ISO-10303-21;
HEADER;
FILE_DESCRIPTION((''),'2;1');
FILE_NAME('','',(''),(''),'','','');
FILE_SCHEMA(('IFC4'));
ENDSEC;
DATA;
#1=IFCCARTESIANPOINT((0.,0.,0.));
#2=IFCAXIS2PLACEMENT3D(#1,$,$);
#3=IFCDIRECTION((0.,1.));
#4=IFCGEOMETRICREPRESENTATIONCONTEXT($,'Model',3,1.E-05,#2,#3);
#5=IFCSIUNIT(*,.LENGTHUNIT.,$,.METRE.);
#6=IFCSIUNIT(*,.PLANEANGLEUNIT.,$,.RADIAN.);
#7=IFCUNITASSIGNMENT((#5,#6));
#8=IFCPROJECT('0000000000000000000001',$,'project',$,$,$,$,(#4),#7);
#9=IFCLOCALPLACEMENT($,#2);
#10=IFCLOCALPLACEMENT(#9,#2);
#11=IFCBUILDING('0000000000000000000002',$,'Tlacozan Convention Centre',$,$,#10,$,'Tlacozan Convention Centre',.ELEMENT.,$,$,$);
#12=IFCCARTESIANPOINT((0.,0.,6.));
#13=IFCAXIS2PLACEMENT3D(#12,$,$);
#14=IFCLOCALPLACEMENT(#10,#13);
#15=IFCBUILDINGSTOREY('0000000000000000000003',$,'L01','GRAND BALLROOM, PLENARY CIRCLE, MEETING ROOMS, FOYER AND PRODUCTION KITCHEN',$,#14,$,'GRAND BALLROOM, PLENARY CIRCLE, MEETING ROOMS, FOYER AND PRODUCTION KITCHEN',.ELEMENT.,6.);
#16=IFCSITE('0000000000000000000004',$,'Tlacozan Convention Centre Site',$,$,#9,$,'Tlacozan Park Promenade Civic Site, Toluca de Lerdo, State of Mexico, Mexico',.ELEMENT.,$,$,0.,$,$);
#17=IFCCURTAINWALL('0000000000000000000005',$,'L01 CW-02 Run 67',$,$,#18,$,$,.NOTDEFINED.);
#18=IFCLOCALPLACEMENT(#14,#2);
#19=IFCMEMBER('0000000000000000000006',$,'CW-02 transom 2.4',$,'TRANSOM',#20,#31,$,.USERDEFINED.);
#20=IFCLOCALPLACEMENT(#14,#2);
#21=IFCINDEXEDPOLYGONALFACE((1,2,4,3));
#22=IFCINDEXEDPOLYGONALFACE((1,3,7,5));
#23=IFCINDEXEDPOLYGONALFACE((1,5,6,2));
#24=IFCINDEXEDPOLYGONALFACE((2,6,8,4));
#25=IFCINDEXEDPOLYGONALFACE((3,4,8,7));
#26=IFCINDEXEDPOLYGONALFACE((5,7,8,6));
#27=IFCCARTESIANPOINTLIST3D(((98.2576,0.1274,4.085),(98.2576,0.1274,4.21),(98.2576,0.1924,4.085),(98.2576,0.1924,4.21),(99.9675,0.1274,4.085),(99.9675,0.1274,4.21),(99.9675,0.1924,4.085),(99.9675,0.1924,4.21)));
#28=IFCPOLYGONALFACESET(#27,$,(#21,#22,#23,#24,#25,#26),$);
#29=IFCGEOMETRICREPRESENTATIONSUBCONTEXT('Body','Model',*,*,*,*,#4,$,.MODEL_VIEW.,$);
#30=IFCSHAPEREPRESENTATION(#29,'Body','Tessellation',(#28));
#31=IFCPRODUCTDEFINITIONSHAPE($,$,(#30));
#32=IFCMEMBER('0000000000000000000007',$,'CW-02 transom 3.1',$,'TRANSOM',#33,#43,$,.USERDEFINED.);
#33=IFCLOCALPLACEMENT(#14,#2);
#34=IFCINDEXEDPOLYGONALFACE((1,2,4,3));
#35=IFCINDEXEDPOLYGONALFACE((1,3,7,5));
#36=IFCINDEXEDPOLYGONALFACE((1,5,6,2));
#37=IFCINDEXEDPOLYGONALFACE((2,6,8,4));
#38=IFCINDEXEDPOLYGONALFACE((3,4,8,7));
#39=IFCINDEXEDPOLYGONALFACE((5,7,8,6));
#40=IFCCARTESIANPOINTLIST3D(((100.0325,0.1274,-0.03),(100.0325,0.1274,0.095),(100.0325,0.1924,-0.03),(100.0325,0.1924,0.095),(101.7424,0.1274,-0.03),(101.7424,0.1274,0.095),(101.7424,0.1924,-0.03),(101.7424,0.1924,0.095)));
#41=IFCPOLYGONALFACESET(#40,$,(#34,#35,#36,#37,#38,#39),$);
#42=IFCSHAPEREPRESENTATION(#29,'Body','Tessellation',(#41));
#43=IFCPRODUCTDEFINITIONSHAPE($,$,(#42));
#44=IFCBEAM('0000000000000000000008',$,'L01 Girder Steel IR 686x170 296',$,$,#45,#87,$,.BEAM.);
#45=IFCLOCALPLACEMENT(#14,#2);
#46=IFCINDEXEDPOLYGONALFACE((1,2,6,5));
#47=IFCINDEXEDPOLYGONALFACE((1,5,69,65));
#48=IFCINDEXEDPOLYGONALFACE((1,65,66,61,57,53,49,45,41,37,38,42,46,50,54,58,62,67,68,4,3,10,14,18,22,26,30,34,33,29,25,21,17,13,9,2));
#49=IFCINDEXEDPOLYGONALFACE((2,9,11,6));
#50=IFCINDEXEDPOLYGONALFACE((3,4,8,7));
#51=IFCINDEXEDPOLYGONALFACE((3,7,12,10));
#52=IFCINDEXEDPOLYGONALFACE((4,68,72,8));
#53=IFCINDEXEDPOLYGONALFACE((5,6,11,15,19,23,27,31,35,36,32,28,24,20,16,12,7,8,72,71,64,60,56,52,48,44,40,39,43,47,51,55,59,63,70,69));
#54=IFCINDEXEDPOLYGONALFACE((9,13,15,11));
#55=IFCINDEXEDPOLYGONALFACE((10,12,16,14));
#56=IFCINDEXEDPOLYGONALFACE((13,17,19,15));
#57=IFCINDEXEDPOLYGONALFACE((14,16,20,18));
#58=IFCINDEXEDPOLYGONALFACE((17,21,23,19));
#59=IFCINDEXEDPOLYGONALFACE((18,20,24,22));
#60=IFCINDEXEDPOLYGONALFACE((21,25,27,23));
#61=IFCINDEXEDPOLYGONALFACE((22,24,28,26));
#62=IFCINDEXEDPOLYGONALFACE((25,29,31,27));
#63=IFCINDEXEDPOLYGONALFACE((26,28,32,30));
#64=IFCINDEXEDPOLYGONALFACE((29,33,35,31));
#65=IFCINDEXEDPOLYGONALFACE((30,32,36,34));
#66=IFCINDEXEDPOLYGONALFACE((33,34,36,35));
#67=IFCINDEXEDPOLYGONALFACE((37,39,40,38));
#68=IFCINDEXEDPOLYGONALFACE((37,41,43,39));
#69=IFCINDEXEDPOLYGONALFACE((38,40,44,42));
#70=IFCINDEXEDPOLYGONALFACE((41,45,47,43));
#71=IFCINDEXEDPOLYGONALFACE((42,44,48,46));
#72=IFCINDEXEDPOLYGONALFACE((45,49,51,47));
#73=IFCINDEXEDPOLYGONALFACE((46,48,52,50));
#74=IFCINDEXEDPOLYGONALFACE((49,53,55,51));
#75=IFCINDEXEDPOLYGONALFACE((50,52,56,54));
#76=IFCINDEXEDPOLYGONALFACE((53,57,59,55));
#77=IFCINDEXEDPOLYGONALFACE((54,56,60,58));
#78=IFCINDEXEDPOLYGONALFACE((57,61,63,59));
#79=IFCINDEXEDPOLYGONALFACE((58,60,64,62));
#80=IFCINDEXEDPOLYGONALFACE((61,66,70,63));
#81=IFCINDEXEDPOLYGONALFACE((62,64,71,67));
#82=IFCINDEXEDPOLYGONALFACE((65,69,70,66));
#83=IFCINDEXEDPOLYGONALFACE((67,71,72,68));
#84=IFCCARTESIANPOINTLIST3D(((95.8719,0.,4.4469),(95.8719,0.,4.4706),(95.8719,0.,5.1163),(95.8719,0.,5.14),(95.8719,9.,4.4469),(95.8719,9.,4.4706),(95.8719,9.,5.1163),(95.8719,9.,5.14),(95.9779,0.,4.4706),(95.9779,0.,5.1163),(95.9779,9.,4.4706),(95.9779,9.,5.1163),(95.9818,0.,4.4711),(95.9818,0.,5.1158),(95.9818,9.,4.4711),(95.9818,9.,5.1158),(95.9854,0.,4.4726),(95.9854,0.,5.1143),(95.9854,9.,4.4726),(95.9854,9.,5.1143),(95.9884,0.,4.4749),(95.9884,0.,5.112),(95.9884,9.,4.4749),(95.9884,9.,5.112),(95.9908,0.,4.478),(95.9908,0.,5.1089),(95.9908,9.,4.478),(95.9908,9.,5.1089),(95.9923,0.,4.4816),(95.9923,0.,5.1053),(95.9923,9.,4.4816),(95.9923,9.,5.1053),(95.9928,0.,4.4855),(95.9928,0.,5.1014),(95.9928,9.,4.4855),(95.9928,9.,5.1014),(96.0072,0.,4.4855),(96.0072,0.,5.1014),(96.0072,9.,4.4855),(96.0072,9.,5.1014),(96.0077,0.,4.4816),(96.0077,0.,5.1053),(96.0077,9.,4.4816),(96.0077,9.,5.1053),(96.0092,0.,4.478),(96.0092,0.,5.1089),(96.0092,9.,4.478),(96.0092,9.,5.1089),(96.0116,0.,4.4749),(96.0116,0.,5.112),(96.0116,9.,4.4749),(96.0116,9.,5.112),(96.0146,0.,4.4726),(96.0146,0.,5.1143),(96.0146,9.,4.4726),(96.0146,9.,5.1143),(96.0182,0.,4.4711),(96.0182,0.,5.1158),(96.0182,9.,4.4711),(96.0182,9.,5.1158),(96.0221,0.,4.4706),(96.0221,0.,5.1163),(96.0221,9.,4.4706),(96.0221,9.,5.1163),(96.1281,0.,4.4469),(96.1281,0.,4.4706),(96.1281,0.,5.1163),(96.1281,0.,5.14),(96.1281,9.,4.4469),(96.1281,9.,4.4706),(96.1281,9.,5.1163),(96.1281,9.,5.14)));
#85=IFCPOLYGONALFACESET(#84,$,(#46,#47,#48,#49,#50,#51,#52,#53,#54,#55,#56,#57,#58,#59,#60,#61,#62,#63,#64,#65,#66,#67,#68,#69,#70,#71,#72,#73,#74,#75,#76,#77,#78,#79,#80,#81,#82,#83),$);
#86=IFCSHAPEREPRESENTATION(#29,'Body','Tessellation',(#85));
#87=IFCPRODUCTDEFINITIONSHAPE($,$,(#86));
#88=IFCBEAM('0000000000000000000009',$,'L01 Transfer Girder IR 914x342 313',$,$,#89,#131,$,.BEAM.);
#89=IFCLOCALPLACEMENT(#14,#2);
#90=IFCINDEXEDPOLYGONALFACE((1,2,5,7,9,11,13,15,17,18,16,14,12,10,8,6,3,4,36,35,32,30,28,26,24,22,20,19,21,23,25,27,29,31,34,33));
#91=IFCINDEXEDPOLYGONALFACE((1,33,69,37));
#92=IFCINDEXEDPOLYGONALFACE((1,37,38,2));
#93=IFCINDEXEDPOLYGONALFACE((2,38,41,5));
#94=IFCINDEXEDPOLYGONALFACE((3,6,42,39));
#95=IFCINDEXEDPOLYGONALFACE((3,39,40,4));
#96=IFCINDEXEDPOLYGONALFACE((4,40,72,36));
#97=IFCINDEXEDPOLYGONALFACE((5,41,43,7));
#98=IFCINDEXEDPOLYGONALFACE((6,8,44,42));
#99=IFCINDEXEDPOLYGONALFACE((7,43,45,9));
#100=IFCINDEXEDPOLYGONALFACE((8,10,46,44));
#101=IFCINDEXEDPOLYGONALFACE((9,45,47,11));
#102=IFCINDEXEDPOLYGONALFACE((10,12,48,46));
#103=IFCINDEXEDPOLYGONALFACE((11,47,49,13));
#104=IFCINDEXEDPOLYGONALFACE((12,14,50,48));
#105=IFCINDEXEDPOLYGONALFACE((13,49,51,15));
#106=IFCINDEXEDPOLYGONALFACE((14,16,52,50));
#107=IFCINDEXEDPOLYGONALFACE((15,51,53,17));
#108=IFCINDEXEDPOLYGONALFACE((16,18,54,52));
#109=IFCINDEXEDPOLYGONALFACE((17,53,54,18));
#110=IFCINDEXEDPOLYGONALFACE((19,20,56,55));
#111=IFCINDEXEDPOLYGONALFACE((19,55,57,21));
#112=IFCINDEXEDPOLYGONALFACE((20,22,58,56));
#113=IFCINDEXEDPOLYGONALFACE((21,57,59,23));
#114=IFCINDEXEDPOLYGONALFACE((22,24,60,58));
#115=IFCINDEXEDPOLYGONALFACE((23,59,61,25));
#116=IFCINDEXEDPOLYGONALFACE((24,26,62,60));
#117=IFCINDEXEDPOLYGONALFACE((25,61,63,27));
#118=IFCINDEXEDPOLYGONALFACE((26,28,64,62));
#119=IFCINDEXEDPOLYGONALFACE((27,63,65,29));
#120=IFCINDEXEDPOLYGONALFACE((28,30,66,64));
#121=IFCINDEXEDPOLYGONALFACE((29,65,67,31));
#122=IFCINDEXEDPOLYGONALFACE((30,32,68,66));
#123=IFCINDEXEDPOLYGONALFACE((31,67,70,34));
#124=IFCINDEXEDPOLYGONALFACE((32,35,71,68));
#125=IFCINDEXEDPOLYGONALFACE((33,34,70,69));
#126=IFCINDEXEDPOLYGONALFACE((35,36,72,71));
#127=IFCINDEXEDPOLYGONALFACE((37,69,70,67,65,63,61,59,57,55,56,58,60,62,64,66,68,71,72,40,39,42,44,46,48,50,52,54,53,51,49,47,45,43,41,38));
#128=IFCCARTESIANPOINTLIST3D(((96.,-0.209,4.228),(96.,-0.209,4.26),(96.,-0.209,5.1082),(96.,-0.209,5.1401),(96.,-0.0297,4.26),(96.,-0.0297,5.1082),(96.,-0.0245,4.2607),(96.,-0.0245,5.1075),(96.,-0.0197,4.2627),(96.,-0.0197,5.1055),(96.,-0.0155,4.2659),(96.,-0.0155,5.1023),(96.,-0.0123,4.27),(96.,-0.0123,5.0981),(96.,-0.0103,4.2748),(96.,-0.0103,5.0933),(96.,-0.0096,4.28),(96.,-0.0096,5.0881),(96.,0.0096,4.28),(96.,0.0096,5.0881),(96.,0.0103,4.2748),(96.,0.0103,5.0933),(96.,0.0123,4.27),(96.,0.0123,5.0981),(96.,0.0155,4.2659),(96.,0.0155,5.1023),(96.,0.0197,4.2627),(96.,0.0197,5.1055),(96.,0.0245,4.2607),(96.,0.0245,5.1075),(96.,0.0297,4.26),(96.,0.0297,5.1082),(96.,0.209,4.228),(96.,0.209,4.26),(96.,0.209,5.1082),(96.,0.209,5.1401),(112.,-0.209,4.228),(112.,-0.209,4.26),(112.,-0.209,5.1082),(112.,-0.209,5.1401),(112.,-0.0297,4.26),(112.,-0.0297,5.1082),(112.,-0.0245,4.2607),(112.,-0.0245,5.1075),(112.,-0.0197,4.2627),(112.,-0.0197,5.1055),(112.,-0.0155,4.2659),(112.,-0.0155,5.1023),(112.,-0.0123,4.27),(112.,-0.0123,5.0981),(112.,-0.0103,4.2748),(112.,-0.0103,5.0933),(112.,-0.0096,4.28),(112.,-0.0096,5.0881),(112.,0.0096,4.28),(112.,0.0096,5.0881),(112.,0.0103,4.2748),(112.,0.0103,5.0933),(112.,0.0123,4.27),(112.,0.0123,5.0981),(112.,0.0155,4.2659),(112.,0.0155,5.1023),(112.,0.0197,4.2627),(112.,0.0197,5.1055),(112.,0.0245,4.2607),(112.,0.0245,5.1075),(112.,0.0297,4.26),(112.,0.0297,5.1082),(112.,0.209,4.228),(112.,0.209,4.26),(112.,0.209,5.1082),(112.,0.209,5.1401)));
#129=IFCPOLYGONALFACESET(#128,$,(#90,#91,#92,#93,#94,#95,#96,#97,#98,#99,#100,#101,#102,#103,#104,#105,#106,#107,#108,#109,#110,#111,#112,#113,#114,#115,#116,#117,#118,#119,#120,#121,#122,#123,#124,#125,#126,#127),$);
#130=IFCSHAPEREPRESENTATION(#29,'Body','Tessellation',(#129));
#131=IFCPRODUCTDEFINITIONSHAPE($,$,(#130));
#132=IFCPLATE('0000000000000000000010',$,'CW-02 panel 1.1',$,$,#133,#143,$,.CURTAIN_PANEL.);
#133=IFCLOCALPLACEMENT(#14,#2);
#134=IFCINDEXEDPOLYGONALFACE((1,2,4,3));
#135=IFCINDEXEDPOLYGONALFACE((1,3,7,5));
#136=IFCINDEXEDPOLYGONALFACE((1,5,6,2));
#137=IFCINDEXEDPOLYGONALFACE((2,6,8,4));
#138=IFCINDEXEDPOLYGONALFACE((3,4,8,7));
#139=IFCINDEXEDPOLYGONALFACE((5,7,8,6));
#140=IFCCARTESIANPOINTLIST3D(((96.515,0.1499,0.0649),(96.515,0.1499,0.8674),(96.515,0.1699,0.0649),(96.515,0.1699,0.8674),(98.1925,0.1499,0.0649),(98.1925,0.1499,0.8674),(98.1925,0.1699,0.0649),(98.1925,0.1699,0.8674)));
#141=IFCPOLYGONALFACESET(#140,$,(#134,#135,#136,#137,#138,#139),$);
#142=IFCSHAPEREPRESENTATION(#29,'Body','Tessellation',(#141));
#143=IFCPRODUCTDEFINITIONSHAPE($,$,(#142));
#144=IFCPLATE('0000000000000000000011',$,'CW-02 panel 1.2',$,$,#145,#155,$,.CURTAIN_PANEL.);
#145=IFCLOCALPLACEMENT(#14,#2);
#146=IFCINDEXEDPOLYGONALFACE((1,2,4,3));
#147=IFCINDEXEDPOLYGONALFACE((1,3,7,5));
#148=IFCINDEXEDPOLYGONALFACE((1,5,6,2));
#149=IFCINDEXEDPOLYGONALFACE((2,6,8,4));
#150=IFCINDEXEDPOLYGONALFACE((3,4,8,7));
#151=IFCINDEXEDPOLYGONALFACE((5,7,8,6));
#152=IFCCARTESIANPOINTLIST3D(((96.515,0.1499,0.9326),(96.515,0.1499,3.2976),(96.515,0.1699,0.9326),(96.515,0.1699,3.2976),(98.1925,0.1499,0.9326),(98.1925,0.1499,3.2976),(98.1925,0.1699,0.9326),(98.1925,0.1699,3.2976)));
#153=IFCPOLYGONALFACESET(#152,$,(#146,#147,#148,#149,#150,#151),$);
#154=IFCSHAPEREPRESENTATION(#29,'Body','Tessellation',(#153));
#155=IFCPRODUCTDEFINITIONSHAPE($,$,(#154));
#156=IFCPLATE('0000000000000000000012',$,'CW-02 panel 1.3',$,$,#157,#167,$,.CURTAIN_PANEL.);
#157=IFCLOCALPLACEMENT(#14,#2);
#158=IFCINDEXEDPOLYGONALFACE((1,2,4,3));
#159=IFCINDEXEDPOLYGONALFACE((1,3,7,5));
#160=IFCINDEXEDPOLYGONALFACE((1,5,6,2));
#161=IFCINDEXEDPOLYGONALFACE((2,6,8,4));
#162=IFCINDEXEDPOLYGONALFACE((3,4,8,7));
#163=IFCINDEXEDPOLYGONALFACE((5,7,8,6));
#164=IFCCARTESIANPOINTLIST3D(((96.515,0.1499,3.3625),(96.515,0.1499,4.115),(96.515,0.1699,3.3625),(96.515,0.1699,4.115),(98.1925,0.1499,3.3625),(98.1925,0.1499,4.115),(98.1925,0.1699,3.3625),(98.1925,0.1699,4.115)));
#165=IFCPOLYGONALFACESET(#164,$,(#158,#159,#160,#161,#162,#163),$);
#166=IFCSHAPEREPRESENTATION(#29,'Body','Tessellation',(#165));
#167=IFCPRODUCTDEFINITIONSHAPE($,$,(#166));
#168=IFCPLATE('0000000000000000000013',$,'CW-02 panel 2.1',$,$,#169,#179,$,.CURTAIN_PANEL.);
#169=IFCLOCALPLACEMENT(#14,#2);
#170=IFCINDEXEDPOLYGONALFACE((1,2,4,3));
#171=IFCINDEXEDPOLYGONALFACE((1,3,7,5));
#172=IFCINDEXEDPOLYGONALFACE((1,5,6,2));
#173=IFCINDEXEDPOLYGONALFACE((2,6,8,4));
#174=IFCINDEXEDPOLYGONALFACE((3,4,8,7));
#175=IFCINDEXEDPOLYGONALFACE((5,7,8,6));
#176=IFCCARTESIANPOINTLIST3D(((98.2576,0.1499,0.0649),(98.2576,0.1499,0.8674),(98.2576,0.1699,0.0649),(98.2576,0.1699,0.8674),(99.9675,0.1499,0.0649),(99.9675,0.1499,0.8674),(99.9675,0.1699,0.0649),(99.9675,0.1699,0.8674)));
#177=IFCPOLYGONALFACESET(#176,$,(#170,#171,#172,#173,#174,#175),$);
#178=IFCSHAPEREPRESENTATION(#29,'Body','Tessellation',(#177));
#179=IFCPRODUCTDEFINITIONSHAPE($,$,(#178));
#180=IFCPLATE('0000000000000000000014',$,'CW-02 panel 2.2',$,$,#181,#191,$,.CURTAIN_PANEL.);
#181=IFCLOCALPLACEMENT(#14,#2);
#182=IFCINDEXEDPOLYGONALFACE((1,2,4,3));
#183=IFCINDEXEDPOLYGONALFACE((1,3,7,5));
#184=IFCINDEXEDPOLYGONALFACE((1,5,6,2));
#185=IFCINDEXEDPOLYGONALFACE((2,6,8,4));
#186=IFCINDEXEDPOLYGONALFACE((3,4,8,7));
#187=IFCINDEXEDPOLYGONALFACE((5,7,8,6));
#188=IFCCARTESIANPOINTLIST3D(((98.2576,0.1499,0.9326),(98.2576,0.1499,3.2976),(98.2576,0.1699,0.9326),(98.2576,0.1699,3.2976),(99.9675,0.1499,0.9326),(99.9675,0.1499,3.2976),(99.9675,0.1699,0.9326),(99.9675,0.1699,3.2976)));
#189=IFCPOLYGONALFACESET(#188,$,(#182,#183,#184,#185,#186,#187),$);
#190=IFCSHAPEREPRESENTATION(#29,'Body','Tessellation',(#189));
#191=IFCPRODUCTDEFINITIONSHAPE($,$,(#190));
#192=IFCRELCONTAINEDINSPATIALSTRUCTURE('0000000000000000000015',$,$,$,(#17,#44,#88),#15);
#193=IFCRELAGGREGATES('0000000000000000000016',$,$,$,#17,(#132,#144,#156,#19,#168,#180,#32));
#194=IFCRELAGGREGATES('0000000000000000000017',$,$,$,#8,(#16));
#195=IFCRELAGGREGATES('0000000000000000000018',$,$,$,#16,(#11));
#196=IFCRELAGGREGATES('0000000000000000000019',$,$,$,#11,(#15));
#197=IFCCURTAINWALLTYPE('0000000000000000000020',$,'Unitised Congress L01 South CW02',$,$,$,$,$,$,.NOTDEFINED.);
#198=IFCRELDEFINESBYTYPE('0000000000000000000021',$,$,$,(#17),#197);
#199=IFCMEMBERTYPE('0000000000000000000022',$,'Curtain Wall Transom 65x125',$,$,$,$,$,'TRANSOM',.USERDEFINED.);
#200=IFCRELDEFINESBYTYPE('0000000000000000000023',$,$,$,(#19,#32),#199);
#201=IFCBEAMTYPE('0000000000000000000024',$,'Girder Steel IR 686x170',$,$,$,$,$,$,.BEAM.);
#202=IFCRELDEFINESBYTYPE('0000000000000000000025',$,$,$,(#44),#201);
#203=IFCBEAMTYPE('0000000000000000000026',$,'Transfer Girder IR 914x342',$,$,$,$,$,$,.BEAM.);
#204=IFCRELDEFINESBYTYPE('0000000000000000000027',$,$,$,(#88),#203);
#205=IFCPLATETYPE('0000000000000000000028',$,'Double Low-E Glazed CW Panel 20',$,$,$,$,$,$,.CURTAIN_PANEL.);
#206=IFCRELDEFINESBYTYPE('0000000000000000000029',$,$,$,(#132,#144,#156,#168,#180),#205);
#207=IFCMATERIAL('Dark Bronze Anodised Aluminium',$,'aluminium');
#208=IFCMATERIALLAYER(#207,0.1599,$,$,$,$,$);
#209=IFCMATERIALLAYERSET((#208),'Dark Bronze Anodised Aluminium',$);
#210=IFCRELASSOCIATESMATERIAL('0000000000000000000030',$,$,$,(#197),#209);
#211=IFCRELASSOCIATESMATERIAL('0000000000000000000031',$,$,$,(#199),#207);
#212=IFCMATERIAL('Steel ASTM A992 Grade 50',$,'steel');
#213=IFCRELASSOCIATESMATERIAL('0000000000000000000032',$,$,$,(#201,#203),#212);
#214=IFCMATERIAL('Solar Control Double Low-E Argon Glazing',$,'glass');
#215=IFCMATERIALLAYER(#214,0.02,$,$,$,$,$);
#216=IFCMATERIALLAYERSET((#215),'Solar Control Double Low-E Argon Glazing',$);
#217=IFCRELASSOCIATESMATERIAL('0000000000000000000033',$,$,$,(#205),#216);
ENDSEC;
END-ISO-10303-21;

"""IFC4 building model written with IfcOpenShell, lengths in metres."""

from ifc_helpers import new_model, si_unit, direction, frame, origin, origin_2d, place, context, subcontext, project, spatial, rectangle, i_section, extrude, material, layer, layer_set, material_profile, profile_set, type_object, element, aggregate, save


model = new_model("IFC4")

# Units and contexts
model_context = context("Model", 3, precision=1e-05, world=origin(), true_north=direction((0.0, 1.0)))
body_context = subcontext(model_context, "Body", "Model", "MODEL_VIEW")
ifc_project = project(units=[si_unit("LENGTHUNIT", "METRE"), si_unit("PLANEANGLEUNIT", "RADIAN")], contexts=[model_context])

# Site, building, storey
site_placement = place(None, origin())
site = spatial("IfcSite", under=ifc_project, at=site_placement, Name="Tlacozan Convention Centre Site", LongName="Tlacozan Park Promenade Civic Site, Toluca de Lerdo, State of Mexico, Mexico", CompositionType="ELEMENT", RefElevation=0.0)
building_placement = place(site_placement, origin())
building = spatial("IfcBuilding", under=site, at=building_placement, Name="Tlacozan Convention Centre", LongName="Tlacozan Convention Centre", CompositionType="ELEMENT")
storey_placement = place(building_placement, frame((0.0, 0.0, 6.0)))
storey = spatial("IfcBuildingStorey", under=building, at=storey_placement, Name="L01", Description="GRAND BALLROOM, PLENARY CIRCLE, MEETING ROOMS, FOYER AND PRODUCTION KITCHEN", LongName="GRAND BALLROOM, PLENARY CIRCLE, MEETING ROOMS, FOYER AND PRODUCTION KITCHEN", CompositionType="ELEMENT", Elevation=6.0)

# Shared definitions
ifc_material_1 = material(Name="Dark Bronze Anodised Aluminium", Category="aluminium")
ifc_layer_1 = layer(ifc_material_1, 0.1599)
ifc_layer_set_1 = layer_set([ifc_layer_1], Name="Dark Bronze Anodised Aluminium")
curtain_wall_type = type_object("IfcCurtainWallType", Name="Unitised Congress L01 South CW02", PredefinedType="NOTDEFINED", material=ifc_layer_set_1)

# Curtain wall, members
curtain_wall_1_placement = place(storey_placement, origin())
curtain_wall_1 = element("IfcCurtainWall", 1, at=curtain_wall_1_placement, inside=storey, type_object=curtain_wall_type, Name="L01 CW-02 Run 67", PredefinedType="NOTDEFINED")
ifc_material_profile_1 = material_profile(ifc_material_1, rectangle(XDim=0.0649, YDim=0.125, at=origin_2d()), Name="ALU 65x125")
ifc_profile_set_1 = profile_set([ifc_material_profile_1], Name="Dark Bronze Anodised Aluminium")
member_type_1 = type_object("IfcMemberType", Name="Curtain Wall Transom 65x125", ElementType="TRANSOM", PredefinedType="USERDEFINED", material=ifc_profile_set_1)
member_1_placement = place(storey_placement, frame((98.2576, 0.1599, 4.1475), z_axis=(1.0, 0.0, 0.0), x_axis=(0.0, 1.0, 0.0)))
member_1 = element("IfcMember", 2, at=member_1_placement, type_object=member_type_1, Name="CW-02 transom 2.4", ObjectType="TRANSOM", PredefinedType="USERDEFINED", context=body_context, shape_type="SweptSolid", body=[
    extrude(rectangle(XDim=0.0649, YDim=0.125, at=origin_2d()), origin(), (0.0, 0.0, 1.0), 1.71),
])
member_2_placement = place(storey_placement, frame((100.0325, 0.1599, 0.0325), z_axis=(1.0, 0.0, 0.0), x_axis=(0.0, 1.0, 0.0)))
member_2 = element("IfcMember", 3, at=member_2_placement, type_object=member_type_1, Name="CW-02 transom 3.1", ObjectType="TRANSOM", PredefinedType="USERDEFINED", context=body_context, shape_type="SweptSolid", body=[
    extrude(rectangle(XDim=0.0649, YDim=0.125, at=origin_2d()), origin(), (0.0, 0.0, 1.0), 1.71),
])

# Beams
ifc_material_2 = material(Name="Steel ASTM A992 Grade 50", Category="steel")
ifc_material_profile_2 = material_profile(ifc_material_2, i_section(OverallWidth=0.2561, OverallDepth=0.6931, WebThickness=0.0144, FlangeThickness=0.0237, FilletRadius=0.0149, at=origin_2d()), Name="IR 686x170.0")
ifc_profile_set_2 = profile_set([ifc_material_profile_2], Name="Steel ASTM A992 Grade 50")
beam_type_1 = type_object("IfcBeamType", Name="Girder Steel IR 686x170", PredefinedType="BEAM", material=ifc_profile_set_2)
beam_1_placement = place(storey_placement, frame((96.0, 0.0, 4.7935), z_axis=(0.0, 1.0, 0.0), x_axis=(-1.0, 0.0, 0.0)))
element("IfcBeam", 4, at=beam_1_placement, inside=storey, type_object=beam_type_1, Name="L01 Girder Steel IR 686x170 296", PredefinedType="BEAM", context=body_context, shape_type="SweptSolid", body=[
    extrude(i_section(OverallWidth=0.2561, OverallDepth=0.6931, WebThickness=0.0144, FlangeThickness=0.0237, FilletRadius=0.0149, at=origin_2d()), origin(), (0.0, 0.0, 1.0), 9.0),
])
ifc_material_profile_3 = material_profile(ifc_material_2, i_section(OverallWidth=0.418, OverallDepth=0.9121, WebThickness=0.0193, FlangeThickness=0.032, FilletRadius=0.02, at=origin_2d()), Name="IR 914x342.0")
ifc_profile_set_3 = profile_set([ifc_material_profile_3], Name="Steel ASTM A992 Grade 50")
beam_type_2 = type_object("IfcBeamType", Name="Transfer Girder IR 914x342", PredefinedType="BEAM", material=ifc_profile_set_3)
beam_2_placement = place(storey_placement, frame((96.0, 0.0, 4.6841), z_axis=(1.0, 0.0, 0.0), x_axis=(0.0, 1.0, 0.0)))
element("IfcBeam", 5, at=beam_2_placement, inside=storey, type_object=beam_type_2, Name="L01 Transfer Girder IR 914x342 313", PredefinedType="BEAM", context=body_context, shape_type="SweptSolid", body=[
    extrude(i_section(OverallWidth=0.418, OverallDepth=0.9121, WebThickness=0.0193, FlangeThickness=0.032, FilletRadius=0.02, at=origin_2d()), origin(), (0.0, 0.0, 1.0), 16.0),
])

# Plates
ifc_material_3 = material(Name="Solar Control Double Low-E Argon Glazing", Category="glass")
ifc_layer_2 = layer(ifc_material_3, 0.02)
ifc_layer_set_2 = layer_set([ifc_layer_2], Name="Solar Control Double Low-E Argon Glazing")
plate_type = type_object("IfcPlateType", Name="Double Low-E Glazed CW Panel 20", PredefinedType="CURTAIN_PANEL", material=ifc_layer_set_2)
plate_1_placement = place(storey_placement, frame((97.3538, 0.1599, 0.0649), z_axis=(0.0, 0.0, 1.0), x_axis=(1.0, 0.0, 0.0)))
plate_1 = element("IfcPlate", 6, at=plate_1_placement, type_object=plate_type, Name="CW-02 panel 1.1", PredefinedType="CURTAIN_PANEL", context=body_context, shape_type="SweptSolid", body=[
    extrude(rectangle(XDim=1.6775, YDim=0.02, at=origin_2d()), origin(), (0.0, 0.0, 1.0), 0.8025),
])
plate_2_placement = place(storey_placement, frame((97.3538, 0.1599, 0.9326), z_axis=(0.0, 0.0, 1.0), x_axis=(1.0, 0.0, 0.0)))
plate_2 = element("IfcPlate", 7, at=plate_2_placement, type_object=plate_type, Name="CW-02 panel 1.2", PredefinedType="CURTAIN_PANEL", context=body_context, shape_type="SweptSolid", body=[
    extrude(rectangle(XDim=1.6775, YDim=0.02, at=origin_2d()), origin(), (0.0, 0.0, 1.0), 2.365),
])
plate_3_placement = place(storey_placement, frame((97.3538, 0.1599, 3.3625), z_axis=(0.0, 0.0, 1.0), x_axis=(1.0, 0.0, 0.0)))
plate_3 = element("IfcPlate", 8, at=plate_3_placement, type_object=plate_type, Name="CW-02 panel 1.3", PredefinedType="CURTAIN_PANEL", context=body_context, shape_type="SweptSolid", body=[
    extrude(rectangle(XDim=1.6775, YDim=0.02, at=origin_2d()), origin(), (0.0, 0.0, 1.0), 0.7524),
])
plate_4_placement = place(storey_placement, frame((99.1125, 0.1599, 0.0649), z_axis=(0.0, 0.0, 1.0), x_axis=(1.0, 0.0, 0.0)))
plate_4 = element("IfcPlate", 9, at=plate_4_placement, type_object=plate_type, Name="CW-02 panel 2.1", PredefinedType="CURTAIN_PANEL", context=body_context, shape_type="SweptSolid", body=[
    extrude(rectangle(XDim=1.71, YDim=0.02, at=origin_2d()), origin(), (0.0, 0.0, 1.0), 0.8025),
])
plate_5_placement = place(storey_placement, frame((99.1125, 0.1599, 0.9326), z_axis=(0.0, 0.0, 1.0), x_axis=(1.0, 0.0, 0.0)))
plate_5 = element("IfcPlate", 10, at=plate_5_placement, type_object=plate_type, Name="CW-02 panel 2.2", PredefinedType="CURTAIN_PANEL", context=body_context, shape_type="SweptSolid", body=[
    extrude(rectangle(XDim=1.71, YDim=0.02, at=origin_2d()), origin(), (0.0, 0.0, 1.0), 2.365),
])
aggregate(curtain_wall_1, [plate_1, plate_2, plate_3, member_1, plate_4, plate_5, member_2])

save(model, "model.ifc")
